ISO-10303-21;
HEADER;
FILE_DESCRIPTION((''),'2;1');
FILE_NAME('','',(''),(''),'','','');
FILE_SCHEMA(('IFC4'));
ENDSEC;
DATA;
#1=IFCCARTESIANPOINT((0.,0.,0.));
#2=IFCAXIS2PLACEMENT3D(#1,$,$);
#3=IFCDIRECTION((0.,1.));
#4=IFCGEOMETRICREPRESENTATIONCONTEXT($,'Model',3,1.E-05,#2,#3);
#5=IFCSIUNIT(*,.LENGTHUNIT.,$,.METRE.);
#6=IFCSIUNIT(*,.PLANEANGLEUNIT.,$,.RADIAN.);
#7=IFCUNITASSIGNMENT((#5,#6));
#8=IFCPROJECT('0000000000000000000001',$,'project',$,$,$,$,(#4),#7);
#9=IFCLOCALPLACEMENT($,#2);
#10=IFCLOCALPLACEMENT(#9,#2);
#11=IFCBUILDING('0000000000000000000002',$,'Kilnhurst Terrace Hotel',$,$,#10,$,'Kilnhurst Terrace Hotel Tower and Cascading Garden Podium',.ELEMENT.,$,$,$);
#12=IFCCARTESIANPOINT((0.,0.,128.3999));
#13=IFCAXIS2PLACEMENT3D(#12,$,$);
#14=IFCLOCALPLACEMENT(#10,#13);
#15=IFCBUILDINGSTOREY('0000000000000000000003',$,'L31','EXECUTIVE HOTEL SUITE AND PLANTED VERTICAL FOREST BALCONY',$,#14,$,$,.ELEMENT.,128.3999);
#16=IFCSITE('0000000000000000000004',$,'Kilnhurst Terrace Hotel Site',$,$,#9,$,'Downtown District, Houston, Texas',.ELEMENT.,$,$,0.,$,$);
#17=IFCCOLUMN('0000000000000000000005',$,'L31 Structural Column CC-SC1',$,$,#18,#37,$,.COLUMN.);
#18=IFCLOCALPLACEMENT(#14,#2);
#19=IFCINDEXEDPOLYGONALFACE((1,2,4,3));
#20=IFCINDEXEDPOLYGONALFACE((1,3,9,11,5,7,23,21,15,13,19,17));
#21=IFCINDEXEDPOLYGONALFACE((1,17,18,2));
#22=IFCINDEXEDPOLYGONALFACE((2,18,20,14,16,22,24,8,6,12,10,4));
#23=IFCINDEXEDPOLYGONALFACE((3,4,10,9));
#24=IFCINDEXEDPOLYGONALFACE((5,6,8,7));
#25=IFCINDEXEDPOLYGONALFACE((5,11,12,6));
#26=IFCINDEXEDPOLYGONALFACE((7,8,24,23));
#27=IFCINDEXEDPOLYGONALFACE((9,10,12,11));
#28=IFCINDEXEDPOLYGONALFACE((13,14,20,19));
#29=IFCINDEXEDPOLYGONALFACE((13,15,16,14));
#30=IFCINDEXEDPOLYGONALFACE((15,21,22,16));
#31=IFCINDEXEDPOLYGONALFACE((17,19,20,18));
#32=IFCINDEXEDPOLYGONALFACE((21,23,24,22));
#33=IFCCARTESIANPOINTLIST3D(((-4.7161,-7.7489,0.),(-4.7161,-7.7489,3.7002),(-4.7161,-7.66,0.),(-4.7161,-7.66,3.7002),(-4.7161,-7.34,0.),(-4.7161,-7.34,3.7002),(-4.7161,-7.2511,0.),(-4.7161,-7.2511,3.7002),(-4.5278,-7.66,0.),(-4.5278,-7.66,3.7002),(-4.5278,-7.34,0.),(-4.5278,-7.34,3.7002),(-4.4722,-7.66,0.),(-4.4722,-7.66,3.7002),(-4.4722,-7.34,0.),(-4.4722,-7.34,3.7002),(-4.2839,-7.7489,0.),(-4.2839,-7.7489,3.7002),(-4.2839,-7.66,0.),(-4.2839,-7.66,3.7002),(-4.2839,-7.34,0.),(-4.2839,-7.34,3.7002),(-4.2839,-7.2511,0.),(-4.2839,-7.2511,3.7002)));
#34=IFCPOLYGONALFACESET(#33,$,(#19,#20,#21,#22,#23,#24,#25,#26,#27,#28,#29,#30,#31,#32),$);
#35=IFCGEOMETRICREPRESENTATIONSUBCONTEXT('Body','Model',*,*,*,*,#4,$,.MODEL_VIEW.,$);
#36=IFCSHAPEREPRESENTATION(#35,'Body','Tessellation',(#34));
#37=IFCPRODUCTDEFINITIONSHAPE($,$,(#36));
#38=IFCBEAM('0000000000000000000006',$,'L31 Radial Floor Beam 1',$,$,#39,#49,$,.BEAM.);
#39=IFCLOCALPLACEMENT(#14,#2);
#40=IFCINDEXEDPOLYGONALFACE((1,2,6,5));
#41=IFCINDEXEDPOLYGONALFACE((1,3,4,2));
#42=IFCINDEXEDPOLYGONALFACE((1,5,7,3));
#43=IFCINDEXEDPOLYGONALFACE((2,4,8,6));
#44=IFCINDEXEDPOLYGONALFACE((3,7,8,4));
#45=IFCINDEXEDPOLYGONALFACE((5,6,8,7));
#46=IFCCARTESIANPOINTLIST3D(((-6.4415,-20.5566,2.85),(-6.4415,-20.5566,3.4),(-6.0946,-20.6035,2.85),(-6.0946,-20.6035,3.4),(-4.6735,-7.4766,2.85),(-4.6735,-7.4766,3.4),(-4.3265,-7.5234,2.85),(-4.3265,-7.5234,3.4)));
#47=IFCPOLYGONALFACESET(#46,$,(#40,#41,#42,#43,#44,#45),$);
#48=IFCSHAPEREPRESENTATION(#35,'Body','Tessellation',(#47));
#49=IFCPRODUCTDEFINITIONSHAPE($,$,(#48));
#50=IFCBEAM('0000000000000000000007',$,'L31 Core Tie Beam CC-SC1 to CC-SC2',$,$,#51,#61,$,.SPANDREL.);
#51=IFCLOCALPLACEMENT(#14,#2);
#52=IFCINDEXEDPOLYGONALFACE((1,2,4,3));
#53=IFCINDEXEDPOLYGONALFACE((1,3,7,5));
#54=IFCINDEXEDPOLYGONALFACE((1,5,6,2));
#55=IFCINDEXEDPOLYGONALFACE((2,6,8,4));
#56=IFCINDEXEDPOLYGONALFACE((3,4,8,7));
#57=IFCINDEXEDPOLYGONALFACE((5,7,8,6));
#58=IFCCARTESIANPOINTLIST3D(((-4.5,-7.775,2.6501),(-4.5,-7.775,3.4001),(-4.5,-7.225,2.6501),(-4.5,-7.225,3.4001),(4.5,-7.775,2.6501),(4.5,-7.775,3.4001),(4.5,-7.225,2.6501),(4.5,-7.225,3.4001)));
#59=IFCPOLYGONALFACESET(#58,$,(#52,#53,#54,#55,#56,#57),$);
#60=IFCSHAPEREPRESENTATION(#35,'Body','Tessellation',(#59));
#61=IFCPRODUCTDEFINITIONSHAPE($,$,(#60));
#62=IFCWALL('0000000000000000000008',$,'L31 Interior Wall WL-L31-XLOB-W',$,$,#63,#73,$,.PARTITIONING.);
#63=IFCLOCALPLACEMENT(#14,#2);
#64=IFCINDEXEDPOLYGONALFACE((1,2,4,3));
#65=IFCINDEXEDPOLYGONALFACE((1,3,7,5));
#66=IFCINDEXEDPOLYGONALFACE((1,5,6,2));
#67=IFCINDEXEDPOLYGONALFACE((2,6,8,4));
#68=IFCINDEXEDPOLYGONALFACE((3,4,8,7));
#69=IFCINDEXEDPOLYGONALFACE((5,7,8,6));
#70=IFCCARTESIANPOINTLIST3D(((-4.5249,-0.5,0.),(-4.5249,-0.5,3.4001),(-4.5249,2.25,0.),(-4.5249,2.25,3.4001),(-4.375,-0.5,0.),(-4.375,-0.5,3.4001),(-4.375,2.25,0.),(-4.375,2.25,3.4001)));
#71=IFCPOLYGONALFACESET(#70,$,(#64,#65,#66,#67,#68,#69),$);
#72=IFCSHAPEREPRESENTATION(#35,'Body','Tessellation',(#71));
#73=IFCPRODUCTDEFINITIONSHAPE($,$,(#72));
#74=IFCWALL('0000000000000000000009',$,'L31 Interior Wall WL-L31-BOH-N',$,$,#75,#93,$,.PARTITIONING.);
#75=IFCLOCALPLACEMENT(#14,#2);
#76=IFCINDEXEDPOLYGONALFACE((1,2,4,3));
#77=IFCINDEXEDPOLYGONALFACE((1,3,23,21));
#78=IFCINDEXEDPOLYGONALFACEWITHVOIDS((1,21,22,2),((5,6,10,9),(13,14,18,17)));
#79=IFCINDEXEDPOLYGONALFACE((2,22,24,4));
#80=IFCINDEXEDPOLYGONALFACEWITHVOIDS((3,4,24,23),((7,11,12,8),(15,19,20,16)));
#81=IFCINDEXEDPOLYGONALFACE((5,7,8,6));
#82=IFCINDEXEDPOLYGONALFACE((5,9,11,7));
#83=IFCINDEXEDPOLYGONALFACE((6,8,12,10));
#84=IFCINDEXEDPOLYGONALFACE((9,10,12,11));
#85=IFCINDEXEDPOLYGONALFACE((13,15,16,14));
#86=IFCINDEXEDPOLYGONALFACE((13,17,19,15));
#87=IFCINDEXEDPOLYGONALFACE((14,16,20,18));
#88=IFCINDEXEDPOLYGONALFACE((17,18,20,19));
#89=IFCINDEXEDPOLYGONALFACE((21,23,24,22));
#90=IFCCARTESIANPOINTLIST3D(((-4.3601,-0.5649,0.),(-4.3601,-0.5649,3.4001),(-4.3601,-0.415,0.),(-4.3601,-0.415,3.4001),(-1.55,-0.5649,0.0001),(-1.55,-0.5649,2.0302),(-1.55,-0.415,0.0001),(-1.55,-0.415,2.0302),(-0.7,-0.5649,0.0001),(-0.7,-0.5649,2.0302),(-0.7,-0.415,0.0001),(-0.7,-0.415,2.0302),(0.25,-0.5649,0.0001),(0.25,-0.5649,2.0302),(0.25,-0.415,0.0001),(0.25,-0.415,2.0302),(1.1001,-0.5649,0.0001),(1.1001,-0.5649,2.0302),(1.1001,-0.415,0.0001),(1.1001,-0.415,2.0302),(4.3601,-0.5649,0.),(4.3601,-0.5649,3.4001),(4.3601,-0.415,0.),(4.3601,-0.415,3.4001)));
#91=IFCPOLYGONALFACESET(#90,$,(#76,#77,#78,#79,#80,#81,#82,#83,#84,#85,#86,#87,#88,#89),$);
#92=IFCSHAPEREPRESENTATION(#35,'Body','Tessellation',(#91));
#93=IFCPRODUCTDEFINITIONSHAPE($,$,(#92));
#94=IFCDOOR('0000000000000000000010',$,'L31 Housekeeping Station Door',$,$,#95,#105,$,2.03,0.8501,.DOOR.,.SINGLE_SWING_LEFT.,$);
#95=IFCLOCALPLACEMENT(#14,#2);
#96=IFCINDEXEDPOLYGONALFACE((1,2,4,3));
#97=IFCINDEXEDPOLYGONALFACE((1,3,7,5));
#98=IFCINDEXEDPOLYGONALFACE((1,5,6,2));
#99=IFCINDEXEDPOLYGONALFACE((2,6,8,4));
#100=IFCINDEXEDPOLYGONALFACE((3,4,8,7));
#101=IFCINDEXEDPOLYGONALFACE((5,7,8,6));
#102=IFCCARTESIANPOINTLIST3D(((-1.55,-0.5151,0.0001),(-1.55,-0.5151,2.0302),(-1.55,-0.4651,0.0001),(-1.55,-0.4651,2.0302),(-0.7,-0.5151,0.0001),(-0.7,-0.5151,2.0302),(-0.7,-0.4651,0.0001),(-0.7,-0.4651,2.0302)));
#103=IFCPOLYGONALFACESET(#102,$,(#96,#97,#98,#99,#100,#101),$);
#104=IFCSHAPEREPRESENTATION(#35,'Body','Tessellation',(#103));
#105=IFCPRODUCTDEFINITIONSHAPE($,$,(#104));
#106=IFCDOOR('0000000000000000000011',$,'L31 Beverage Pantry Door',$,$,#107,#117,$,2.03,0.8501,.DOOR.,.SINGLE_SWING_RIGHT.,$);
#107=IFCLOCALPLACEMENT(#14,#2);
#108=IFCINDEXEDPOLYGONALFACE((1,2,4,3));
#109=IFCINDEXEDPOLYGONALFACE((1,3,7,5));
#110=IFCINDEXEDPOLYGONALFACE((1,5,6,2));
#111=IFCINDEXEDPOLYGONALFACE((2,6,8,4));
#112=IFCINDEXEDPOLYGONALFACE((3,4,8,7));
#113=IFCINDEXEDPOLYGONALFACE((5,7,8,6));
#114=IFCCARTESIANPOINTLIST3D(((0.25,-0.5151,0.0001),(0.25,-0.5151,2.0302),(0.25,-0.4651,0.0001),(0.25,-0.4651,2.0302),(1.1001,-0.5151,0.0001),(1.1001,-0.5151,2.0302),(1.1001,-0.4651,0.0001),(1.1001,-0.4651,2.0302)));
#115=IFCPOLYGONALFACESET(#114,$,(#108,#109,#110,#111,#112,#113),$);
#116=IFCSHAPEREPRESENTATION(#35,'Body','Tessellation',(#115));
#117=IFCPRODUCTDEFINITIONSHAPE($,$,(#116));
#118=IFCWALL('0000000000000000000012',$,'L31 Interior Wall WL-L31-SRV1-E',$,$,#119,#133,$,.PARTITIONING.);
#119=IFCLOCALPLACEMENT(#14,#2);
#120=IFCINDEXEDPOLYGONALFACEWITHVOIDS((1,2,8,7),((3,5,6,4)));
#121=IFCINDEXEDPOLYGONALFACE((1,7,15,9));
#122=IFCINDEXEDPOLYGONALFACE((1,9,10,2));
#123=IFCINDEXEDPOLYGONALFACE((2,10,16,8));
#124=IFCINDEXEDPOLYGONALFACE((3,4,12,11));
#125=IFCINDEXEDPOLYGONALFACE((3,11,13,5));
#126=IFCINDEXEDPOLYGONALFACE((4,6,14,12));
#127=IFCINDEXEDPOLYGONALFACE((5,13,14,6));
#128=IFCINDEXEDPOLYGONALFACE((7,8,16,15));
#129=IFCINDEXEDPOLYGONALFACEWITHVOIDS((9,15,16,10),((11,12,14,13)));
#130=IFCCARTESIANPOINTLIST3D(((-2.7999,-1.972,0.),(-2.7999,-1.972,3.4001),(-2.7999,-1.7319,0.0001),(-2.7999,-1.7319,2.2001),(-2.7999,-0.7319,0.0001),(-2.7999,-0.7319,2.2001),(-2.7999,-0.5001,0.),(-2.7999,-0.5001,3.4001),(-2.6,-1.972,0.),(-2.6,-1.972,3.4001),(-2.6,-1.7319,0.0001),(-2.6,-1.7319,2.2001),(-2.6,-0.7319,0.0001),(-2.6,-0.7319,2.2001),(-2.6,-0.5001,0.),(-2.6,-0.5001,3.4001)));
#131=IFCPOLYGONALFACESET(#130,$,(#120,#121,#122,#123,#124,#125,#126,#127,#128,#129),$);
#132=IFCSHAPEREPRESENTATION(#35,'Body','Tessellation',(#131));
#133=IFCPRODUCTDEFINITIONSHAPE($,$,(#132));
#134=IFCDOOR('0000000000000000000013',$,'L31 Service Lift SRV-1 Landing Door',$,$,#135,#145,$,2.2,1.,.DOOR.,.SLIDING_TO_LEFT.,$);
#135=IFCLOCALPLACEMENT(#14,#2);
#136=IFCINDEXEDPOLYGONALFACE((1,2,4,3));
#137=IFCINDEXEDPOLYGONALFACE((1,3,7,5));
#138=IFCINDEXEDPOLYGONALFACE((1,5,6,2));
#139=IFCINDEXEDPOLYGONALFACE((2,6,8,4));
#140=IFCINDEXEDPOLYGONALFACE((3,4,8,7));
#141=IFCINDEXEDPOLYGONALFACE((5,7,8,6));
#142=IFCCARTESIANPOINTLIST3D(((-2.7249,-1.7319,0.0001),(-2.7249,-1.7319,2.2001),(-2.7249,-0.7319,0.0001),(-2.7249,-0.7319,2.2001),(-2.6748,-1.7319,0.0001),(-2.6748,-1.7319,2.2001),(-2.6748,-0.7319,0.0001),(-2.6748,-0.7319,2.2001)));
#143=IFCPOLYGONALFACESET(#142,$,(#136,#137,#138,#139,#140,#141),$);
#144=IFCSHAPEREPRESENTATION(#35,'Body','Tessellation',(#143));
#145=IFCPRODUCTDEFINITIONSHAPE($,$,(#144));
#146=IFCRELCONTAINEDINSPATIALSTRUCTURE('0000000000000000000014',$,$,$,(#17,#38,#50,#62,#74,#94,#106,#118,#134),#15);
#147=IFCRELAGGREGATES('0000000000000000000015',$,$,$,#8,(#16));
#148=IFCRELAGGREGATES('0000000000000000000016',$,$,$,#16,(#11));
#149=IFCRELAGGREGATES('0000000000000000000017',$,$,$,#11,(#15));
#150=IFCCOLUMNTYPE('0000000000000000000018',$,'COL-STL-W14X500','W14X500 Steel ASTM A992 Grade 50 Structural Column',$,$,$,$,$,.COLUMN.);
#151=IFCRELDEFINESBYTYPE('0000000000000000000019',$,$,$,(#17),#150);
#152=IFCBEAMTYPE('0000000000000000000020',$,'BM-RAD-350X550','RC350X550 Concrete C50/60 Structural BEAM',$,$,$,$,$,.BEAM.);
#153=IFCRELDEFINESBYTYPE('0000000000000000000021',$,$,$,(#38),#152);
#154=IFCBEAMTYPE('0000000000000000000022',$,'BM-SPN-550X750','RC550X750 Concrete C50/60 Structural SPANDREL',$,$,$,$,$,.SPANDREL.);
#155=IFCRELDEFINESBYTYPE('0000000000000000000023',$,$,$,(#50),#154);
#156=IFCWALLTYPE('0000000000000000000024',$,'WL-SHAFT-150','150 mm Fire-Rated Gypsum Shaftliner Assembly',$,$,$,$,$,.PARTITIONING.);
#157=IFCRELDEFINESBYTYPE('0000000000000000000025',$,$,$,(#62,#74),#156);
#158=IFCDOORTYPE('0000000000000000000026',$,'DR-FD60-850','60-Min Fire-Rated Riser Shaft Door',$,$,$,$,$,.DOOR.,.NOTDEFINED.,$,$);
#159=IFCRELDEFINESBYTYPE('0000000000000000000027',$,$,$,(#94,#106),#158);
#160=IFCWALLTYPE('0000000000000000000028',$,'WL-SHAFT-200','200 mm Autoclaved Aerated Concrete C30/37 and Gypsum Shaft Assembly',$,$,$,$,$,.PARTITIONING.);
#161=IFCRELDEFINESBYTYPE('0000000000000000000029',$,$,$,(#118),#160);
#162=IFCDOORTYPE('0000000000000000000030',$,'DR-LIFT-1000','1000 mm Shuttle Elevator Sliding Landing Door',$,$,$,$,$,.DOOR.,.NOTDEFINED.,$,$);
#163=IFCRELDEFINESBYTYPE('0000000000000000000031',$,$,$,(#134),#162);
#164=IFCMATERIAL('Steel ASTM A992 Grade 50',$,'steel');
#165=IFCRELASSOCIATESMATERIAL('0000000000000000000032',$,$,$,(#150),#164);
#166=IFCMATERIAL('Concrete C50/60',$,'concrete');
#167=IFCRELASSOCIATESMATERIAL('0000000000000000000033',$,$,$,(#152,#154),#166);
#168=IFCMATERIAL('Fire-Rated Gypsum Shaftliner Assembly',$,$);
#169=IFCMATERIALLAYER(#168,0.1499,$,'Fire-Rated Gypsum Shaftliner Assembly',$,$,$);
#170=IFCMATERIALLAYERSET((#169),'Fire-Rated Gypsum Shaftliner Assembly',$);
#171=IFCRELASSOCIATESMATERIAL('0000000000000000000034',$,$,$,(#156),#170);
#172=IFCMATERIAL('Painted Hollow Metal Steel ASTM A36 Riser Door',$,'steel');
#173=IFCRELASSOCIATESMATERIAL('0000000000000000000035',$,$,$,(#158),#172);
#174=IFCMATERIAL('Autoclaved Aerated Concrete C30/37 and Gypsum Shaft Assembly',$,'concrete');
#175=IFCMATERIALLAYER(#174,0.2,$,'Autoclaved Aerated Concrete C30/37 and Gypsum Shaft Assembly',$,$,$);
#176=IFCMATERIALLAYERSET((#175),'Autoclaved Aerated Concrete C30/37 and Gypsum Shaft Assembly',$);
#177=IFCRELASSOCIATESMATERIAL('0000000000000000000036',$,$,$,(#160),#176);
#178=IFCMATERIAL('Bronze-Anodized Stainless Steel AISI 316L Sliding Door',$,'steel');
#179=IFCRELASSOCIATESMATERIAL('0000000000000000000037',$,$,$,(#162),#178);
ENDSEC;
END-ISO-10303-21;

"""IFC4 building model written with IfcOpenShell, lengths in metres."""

from ifc_helpers import new_model, si_unit, direction, frame, frame_2d, origin, origin_2d, place, context, subcontext, project, spatial, rectangle, i_section, extrude, material, layer, layer_set, material_profile, profile_set, type_object, element, fill, save


model = new_model("IFC4")

# Units and contexts
model_context = context("Model", 3, precision=1e-05, world=origin(), true_north=direction((0.0, 1.0)))
body_context = subcontext(model_context, "Body", "Model", "MODEL_VIEW")
ifc_project = project(units=[si_unit("LENGTHUNIT", "METRE"), si_unit("PLANEANGLEUNIT", "RADIAN")], contexts=[model_context])

# Site, building, storey
site_placement = place(None, origin())
site = spatial("IfcSite", under=ifc_project, at=site_placement, Name="Kilnhurst Terrace Hotel Site", LongName="Downtown District, Houston, Texas", CompositionType="ELEMENT", RefElevation=0.0)
building_placement = place(site_placement, origin())
building = spatial("IfcBuilding", under=site, at=building_placement, Name="Kilnhurst Terrace Hotel", LongName="Kilnhurst Terrace Hotel Tower and Cascading Garden Podium", CompositionType="ELEMENT")
storey_placement = place(building_placement, frame((0.0, 0.0, 128.3999)))
storey = spatial("IfcBuildingStorey", under=building, at=storey_placement, Name="L31", Description="EXECUTIVE HOTEL SUITE AND PLANTED VERTICAL FOREST BALCONY", CompositionType="ELEMENT", Elevation=128.3999)

# Column
ifc_material_1 = material(Name="Steel ASTM A992 Grade 50", Category="steel")
ifc_material_profile_1 = material_profile(ifc_material_1, i_section(OverallWidth=0.4321, OverallDepth=0.4978, WebThickness=0.0557, FlangeThickness=0.0889, at=origin_2d()), Name="W14X500")
ifc_profile_set_1 = profile_set([ifc_material_profile_1], Name="Steel ASTM A992 Grade 50")
column_type = type_object("IfcColumnType", Name="COL-STL-W14X500", Description="W14X500 Steel ASTM A992 Grade 50 Structural Column", PredefinedType="COLUMN", material=ifc_profile_set_1)
column_placement = place(storey_placement, frame((-4.5, -7.5, 0.0), z_axis=(0.0, 0.0, 1.0), x_axis=(1.0, 0.0, 0.0)))
element("IfcColumn", 1, at=column_placement, inside=storey, type_object=column_type, Name="L31 Structural Column CC-SC1", PredefinedType="COLUMN", context=body_context, shape_type="SweptSolid", body=[
    extrude(i_section(OverallWidth=0.4321, OverallDepth=0.4978, WebThickness=0.0557, FlangeThickness=0.0889, at=origin_2d()), origin(), (0.0, 0.0, 1.0), 3.7002),
])

# Beams
ifc_material_2 = material(Name="Concrete C50/60", Category="concrete")
ifc_material_profile_2 = material_profile(ifc_material_2, rectangle(XDim=0.3501, YDim=0.55, at=origin_2d()), Name="RC350X550")
ifc_profile_set_2 = profile_set([ifc_material_profile_2], Name="Concrete C50/60")
beam_type_1 = type_object("IfcBeamType", Name="BM-RAD-350X550", Description="RC350X550 Concrete C50/60 Structural BEAM", PredefinedType="BEAM", material=ifc_profile_set_2)
beam_1_placement = place(storey_placement, frame((-4.5, -7.5, 3.125), z_axis=(-0.133954, -0.990988, 0.0), x_axis=(0.990988, -0.133954, 0.0)))
element("IfcBeam", 2, at=beam_1_placement, inside=storey, type_object=beam_type_1, Name="L31 Radial Floor Beam 1", PredefinedType="BEAM", context=body_context, shape_type="SweptSolid", body=[
    extrude(rectangle(XDim=0.3501, YDim=0.55, at=origin_2d()), origin(), (0.0, 0.0, 1.0), 13.199),
])
ifc_material_profile_3 = material_profile(ifc_material_2, rectangle(XDim=0.55, YDim=0.75, at=origin_2d()), Name="RC550X750")
ifc_profile_set_3 = profile_set([ifc_material_profile_3], Name="Concrete C50/60")
beam_type_2 = type_object("IfcBeamType", Name="BM-SPN-550X750", Description="RC550X750 Concrete C50/60 Structural SPANDREL", PredefinedType="SPANDREL", material=ifc_profile_set_3)
beam_2_placement = place(storey_placement, frame((-4.5, -7.5, 3.0251), z_axis=(1.0, 0.0, 0.0), x_axis=(0.0, 1.0, 0.0)))
element("IfcBeam", 3, at=beam_2_placement, inside=storey, type_object=beam_type_2, Name="L31 Core Tie Beam CC-SC1 to CC-SC2", PredefinedType="SPANDREL", context=body_context, shape_type="SweptSolid", body=[
    extrude(rectangle(XDim=0.55, YDim=0.75, at=origin_2d()), origin(), (0.0, 0.0, 1.0), 9.0),
])

# Wall
ifc_material_3 = material(Name="Fire-Rated Gypsum Shaftliner Assembly")
ifc_layer_1 = layer(ifc_material_3, 0.1499, Name="Fire-Rated Gypsum Shaftliner Assembly")
ifc_layer_set_1 = layer_set([ifc_layer_1], Name="Fire-Rated Gypsum Shaftliner Assembly")
wall_type_1 = type_object("IfcWallType", Name="WL-SHAFT-150", Description="150 mm Fire-Rated Gypsum Shaftliner Assembly", PredefinedType="PARTITIONING", material=ifc_layer_set_1)
wall_1_placement = place(storey_placement, frame((-4.45, -0.5, 0.0), z_axis=(0.0, 0.0, 1.0), x_axis=(0.0, 1.0, 0.0)))
element("IfcWall", 4, at=wall_1_placement, inside=storey, type_object=wall_type_1, Name="L31 Interior Wall WL-L31-XLOB-W", PredefinedType="PARTITIONING", context=body_context, shape_type="SweptSolid", body=[
    extrude(rectangle(XDim=2.75, YDim=0.1499, at=frame_2d((1.375, 0.0))), origin(), (0.0, 0.0, 1.0), 3.4001),
])

# Wall, openings, doors
wall_2_placement = place(storey_placement, frame((-4.3601, -0.49, 0.0), z_axis=(0.0, 0.0, 1.0), x_axis=(1.0, 0.0, 0.0)))
wall_2 = element("IfcWall", 5, at=wall_2_placement, inside=storey, type_object=wall_type_1, Name="L31 Interior Wall WL-L31-BOH-N", PredefinedType="PARTITIONING", context=body_context, shape_type="SweptSolid", body=[
    extrude(rectangle(XDim=8.7202, YDim=0.1499, at=frame_2d((4.3601, 0.0))), origin(), (0.0, 0.0, 1.0), 3.4001),
])
opening_1_placement = place(wall_2_placement, frame((2.8101, 0.0, 0.0)))
opening_1 = element("IfcOpeningElement", 6, at=opening_1_placement, cuts=wall_2, PredefinedType="OPENING", context=body_context, shape_type="SweptSolid", body=[
    extrude(rectangle(XDim=0.8501, YDim=2.03, at=frame_2d((0.425, 1.0151))), frame((0.0, 0.085, 0.0), z_axis=(0.0, -1.0, 0.0), x_axis=(1.0, 0.0, 0.0)), (0.0, 0.0, 1.0), 0.1699),
])
opening_2_placement = place(wall_2_placement, frame((4.6101, 0.0, 0.0)))
opening_2 = element("IfcOpeningElement", 7, at=opening_2_placement, cuts=wall_2, PredefinedType="OPENING", context=body_context, shape_type="SweptSolid", body=[
    extrude(rectangle(XDim=0.8501, YDim=2.03, at=frame_2d((0.425, 1.0151))), frame((0.0, 0.085, 0.0), z_axis=(0.0, -1.0, 0.0), x_axis=(1.0, 0.0, 0.0)), (0.0, 0.0, 1.0), 0.1699),
])
ifc_material_4 = material(Name="Painted Hollow Metal Steel ASTM A36 Riser Door", Category="steel")
door_type_1 = type_object("IfcDoorType", Name="DR-FD60-850", Description="60-Min Fire-Rated Riser Shaft Door", OperationType="NOTDEFINED", PredefinedType="DOOR", material=ifc_material_4)
door_1_placement = place(opening_1_placement, origin())
door_1 = element("IfcDoor", 8, at=door_1_placement, inside=storey, type_object=door_type_1, Name="L31 Housekeeping Station Door", OperationType="SINGLE_SWING_LEFT", OverallHeight=2.03, OverallWidth=0.8501, PredefinedType="DOOR", context=body_context, shape_type="SweptSolid", body=[
    extrude(rectangle(XDim=0.8501, YDim=2.03, at=frame_2d((0.425, 1.0151))), frame((0.0, 0.0249, 0.0), z_axis=(0.0, -1.0, 0.0), x_axis=(1.0, 0.0, 0.0)), (0.0, 0.0, 1.0), 0.05),
])
fill(opening_1, door_1)
door_2_placement = place(opening_2_placement, origin())
door_2 = element("IfcDoor", 9, at=door_2_placement, inside=storey, type_object=door_type_1, Name="L31 Beverage Pantry Door", OperationType="SINGLE_SWING_RIGHT", OverallHeight=2.03, OverallWidth=0.8501, PredefinedType="DOOR", context=body_context, shape_type="SweptSolid", body=[
    extrude(rectangle(XDim=0.8501, YDim=2.03, at=frame_2d((0.425, 1.0151))), frame((0.0, 0.0249, 0.0), z_axis=(0.0, -1.0, 0.0), x_axis=(1.0, 0.0, 0.0)), (0.0, 0.0, 1.0), 0.05),
])
fill(opening_2, door_2)

# Wall, opening, door
ifc_material_5 = material(Name="Autoclaved Aerated Concrete C30/37 and Gypsum Shaft Assembly", Category="concrete")
ifc_layer_2 = layer(ifc_material_5, 0.2, Name="Autoclaved Aerated Concrete C30/37 and Gypsum Shaft Assembly")
ifc_layer_set_2 = layer_set([ifc_layer_2], Name="Autoclaved Aerated Concrete C30/37 and Gypsum Shaft Assembly")
wall_type_2 = type_object("IfcWallType", Name="WL-SHAFT-200", Description="200 mm Autoclaved Aerated Concrete C30/37 and Gypsum Shaft Assembly", PredefinedType="PARTITIONING", material=ifc_layer_set_2)
wall_3_placement = place(storey_placement, frame((-2.7, -1.9719, 0.0), z_axis=(0.0, 0.0, 1.0), x_axis=(0.0, 1.0, 0.0)))
wall_3 = element("IfcWall", 10, at=wall_3_placement, inside=storey, type_object=wall_type_2, Name="L31 Interior Wall WL-L31-SRV1-E", PredefinedType="PARTITIONING", context=body_context, shape_type="SweptSolid", body=[
    extrude(rectangle(XDim=1.4719, YDim=0.2, at=frame_2d((0.7358, 0.0))), origin(), (0.0, 0.0, 1.0), 3.4001),
])
opening_3_placement = place(wall_3_placement, frame((0.24, 0.0, 0.0)))
opening_3 = element("IfcOpeningElement", 11, at=opening_3_placement, cuts=wall_3, PredefinedType="OPENING", context=body_context, shape_type="SweptSolid", body=[
    extrude(rectangle(XDim=1.0, YDim=2.2, at=frame_2d((0.5, 1.1001))), frame((0.0, 0.1099, 0.0), z_axis=(0.0, -1.0, 0.0), x_axis=(1.0, 0.0, 0.0)), (0.0, 0.0, 1.0), 0.22),
])
ifc_material_6 = material(Name="Bronze-Anodized Stainless Steel AISI 316L Sliding Door", Category="steel")
door_type_2 = type_object("IfcDoorType", Name="DR-LIFT-1000", Description="1000 mm Shuttle Elevator Sliding Landing Door", OperationType="NOTDEFINED", PredefinedType="DOOR", material=ifc_material_6)
door_3_placement = place(opening_3_placement, origin())
door_3 = element("IfcDoor", 12, at=door_3_placement, inside=storey, type_object=door_type_2, Name="L31 Service Lift SRV-1 Landing Door", OperationType="SLIDING_TO_LEFT", OverallHeight=2.2, OverallWidth=1.0, PredefinedType="DOOR", context=body_context, shape_type="SweptSolid", body=[
    extrude(rectangle(XDim=1.0, YDim=2.2, at=frame_2d((0.5, 1.1001))), frame((0.0, 0.0249, 0.0), z_axis=(0.0, -1.0, 0.0), x_axis=(1.0, 0.0, 0.0)), (0.0, 0.0, 1.0), 0.05),
])
fill(opening_3, door_3)

save(model, "model.ifc")
